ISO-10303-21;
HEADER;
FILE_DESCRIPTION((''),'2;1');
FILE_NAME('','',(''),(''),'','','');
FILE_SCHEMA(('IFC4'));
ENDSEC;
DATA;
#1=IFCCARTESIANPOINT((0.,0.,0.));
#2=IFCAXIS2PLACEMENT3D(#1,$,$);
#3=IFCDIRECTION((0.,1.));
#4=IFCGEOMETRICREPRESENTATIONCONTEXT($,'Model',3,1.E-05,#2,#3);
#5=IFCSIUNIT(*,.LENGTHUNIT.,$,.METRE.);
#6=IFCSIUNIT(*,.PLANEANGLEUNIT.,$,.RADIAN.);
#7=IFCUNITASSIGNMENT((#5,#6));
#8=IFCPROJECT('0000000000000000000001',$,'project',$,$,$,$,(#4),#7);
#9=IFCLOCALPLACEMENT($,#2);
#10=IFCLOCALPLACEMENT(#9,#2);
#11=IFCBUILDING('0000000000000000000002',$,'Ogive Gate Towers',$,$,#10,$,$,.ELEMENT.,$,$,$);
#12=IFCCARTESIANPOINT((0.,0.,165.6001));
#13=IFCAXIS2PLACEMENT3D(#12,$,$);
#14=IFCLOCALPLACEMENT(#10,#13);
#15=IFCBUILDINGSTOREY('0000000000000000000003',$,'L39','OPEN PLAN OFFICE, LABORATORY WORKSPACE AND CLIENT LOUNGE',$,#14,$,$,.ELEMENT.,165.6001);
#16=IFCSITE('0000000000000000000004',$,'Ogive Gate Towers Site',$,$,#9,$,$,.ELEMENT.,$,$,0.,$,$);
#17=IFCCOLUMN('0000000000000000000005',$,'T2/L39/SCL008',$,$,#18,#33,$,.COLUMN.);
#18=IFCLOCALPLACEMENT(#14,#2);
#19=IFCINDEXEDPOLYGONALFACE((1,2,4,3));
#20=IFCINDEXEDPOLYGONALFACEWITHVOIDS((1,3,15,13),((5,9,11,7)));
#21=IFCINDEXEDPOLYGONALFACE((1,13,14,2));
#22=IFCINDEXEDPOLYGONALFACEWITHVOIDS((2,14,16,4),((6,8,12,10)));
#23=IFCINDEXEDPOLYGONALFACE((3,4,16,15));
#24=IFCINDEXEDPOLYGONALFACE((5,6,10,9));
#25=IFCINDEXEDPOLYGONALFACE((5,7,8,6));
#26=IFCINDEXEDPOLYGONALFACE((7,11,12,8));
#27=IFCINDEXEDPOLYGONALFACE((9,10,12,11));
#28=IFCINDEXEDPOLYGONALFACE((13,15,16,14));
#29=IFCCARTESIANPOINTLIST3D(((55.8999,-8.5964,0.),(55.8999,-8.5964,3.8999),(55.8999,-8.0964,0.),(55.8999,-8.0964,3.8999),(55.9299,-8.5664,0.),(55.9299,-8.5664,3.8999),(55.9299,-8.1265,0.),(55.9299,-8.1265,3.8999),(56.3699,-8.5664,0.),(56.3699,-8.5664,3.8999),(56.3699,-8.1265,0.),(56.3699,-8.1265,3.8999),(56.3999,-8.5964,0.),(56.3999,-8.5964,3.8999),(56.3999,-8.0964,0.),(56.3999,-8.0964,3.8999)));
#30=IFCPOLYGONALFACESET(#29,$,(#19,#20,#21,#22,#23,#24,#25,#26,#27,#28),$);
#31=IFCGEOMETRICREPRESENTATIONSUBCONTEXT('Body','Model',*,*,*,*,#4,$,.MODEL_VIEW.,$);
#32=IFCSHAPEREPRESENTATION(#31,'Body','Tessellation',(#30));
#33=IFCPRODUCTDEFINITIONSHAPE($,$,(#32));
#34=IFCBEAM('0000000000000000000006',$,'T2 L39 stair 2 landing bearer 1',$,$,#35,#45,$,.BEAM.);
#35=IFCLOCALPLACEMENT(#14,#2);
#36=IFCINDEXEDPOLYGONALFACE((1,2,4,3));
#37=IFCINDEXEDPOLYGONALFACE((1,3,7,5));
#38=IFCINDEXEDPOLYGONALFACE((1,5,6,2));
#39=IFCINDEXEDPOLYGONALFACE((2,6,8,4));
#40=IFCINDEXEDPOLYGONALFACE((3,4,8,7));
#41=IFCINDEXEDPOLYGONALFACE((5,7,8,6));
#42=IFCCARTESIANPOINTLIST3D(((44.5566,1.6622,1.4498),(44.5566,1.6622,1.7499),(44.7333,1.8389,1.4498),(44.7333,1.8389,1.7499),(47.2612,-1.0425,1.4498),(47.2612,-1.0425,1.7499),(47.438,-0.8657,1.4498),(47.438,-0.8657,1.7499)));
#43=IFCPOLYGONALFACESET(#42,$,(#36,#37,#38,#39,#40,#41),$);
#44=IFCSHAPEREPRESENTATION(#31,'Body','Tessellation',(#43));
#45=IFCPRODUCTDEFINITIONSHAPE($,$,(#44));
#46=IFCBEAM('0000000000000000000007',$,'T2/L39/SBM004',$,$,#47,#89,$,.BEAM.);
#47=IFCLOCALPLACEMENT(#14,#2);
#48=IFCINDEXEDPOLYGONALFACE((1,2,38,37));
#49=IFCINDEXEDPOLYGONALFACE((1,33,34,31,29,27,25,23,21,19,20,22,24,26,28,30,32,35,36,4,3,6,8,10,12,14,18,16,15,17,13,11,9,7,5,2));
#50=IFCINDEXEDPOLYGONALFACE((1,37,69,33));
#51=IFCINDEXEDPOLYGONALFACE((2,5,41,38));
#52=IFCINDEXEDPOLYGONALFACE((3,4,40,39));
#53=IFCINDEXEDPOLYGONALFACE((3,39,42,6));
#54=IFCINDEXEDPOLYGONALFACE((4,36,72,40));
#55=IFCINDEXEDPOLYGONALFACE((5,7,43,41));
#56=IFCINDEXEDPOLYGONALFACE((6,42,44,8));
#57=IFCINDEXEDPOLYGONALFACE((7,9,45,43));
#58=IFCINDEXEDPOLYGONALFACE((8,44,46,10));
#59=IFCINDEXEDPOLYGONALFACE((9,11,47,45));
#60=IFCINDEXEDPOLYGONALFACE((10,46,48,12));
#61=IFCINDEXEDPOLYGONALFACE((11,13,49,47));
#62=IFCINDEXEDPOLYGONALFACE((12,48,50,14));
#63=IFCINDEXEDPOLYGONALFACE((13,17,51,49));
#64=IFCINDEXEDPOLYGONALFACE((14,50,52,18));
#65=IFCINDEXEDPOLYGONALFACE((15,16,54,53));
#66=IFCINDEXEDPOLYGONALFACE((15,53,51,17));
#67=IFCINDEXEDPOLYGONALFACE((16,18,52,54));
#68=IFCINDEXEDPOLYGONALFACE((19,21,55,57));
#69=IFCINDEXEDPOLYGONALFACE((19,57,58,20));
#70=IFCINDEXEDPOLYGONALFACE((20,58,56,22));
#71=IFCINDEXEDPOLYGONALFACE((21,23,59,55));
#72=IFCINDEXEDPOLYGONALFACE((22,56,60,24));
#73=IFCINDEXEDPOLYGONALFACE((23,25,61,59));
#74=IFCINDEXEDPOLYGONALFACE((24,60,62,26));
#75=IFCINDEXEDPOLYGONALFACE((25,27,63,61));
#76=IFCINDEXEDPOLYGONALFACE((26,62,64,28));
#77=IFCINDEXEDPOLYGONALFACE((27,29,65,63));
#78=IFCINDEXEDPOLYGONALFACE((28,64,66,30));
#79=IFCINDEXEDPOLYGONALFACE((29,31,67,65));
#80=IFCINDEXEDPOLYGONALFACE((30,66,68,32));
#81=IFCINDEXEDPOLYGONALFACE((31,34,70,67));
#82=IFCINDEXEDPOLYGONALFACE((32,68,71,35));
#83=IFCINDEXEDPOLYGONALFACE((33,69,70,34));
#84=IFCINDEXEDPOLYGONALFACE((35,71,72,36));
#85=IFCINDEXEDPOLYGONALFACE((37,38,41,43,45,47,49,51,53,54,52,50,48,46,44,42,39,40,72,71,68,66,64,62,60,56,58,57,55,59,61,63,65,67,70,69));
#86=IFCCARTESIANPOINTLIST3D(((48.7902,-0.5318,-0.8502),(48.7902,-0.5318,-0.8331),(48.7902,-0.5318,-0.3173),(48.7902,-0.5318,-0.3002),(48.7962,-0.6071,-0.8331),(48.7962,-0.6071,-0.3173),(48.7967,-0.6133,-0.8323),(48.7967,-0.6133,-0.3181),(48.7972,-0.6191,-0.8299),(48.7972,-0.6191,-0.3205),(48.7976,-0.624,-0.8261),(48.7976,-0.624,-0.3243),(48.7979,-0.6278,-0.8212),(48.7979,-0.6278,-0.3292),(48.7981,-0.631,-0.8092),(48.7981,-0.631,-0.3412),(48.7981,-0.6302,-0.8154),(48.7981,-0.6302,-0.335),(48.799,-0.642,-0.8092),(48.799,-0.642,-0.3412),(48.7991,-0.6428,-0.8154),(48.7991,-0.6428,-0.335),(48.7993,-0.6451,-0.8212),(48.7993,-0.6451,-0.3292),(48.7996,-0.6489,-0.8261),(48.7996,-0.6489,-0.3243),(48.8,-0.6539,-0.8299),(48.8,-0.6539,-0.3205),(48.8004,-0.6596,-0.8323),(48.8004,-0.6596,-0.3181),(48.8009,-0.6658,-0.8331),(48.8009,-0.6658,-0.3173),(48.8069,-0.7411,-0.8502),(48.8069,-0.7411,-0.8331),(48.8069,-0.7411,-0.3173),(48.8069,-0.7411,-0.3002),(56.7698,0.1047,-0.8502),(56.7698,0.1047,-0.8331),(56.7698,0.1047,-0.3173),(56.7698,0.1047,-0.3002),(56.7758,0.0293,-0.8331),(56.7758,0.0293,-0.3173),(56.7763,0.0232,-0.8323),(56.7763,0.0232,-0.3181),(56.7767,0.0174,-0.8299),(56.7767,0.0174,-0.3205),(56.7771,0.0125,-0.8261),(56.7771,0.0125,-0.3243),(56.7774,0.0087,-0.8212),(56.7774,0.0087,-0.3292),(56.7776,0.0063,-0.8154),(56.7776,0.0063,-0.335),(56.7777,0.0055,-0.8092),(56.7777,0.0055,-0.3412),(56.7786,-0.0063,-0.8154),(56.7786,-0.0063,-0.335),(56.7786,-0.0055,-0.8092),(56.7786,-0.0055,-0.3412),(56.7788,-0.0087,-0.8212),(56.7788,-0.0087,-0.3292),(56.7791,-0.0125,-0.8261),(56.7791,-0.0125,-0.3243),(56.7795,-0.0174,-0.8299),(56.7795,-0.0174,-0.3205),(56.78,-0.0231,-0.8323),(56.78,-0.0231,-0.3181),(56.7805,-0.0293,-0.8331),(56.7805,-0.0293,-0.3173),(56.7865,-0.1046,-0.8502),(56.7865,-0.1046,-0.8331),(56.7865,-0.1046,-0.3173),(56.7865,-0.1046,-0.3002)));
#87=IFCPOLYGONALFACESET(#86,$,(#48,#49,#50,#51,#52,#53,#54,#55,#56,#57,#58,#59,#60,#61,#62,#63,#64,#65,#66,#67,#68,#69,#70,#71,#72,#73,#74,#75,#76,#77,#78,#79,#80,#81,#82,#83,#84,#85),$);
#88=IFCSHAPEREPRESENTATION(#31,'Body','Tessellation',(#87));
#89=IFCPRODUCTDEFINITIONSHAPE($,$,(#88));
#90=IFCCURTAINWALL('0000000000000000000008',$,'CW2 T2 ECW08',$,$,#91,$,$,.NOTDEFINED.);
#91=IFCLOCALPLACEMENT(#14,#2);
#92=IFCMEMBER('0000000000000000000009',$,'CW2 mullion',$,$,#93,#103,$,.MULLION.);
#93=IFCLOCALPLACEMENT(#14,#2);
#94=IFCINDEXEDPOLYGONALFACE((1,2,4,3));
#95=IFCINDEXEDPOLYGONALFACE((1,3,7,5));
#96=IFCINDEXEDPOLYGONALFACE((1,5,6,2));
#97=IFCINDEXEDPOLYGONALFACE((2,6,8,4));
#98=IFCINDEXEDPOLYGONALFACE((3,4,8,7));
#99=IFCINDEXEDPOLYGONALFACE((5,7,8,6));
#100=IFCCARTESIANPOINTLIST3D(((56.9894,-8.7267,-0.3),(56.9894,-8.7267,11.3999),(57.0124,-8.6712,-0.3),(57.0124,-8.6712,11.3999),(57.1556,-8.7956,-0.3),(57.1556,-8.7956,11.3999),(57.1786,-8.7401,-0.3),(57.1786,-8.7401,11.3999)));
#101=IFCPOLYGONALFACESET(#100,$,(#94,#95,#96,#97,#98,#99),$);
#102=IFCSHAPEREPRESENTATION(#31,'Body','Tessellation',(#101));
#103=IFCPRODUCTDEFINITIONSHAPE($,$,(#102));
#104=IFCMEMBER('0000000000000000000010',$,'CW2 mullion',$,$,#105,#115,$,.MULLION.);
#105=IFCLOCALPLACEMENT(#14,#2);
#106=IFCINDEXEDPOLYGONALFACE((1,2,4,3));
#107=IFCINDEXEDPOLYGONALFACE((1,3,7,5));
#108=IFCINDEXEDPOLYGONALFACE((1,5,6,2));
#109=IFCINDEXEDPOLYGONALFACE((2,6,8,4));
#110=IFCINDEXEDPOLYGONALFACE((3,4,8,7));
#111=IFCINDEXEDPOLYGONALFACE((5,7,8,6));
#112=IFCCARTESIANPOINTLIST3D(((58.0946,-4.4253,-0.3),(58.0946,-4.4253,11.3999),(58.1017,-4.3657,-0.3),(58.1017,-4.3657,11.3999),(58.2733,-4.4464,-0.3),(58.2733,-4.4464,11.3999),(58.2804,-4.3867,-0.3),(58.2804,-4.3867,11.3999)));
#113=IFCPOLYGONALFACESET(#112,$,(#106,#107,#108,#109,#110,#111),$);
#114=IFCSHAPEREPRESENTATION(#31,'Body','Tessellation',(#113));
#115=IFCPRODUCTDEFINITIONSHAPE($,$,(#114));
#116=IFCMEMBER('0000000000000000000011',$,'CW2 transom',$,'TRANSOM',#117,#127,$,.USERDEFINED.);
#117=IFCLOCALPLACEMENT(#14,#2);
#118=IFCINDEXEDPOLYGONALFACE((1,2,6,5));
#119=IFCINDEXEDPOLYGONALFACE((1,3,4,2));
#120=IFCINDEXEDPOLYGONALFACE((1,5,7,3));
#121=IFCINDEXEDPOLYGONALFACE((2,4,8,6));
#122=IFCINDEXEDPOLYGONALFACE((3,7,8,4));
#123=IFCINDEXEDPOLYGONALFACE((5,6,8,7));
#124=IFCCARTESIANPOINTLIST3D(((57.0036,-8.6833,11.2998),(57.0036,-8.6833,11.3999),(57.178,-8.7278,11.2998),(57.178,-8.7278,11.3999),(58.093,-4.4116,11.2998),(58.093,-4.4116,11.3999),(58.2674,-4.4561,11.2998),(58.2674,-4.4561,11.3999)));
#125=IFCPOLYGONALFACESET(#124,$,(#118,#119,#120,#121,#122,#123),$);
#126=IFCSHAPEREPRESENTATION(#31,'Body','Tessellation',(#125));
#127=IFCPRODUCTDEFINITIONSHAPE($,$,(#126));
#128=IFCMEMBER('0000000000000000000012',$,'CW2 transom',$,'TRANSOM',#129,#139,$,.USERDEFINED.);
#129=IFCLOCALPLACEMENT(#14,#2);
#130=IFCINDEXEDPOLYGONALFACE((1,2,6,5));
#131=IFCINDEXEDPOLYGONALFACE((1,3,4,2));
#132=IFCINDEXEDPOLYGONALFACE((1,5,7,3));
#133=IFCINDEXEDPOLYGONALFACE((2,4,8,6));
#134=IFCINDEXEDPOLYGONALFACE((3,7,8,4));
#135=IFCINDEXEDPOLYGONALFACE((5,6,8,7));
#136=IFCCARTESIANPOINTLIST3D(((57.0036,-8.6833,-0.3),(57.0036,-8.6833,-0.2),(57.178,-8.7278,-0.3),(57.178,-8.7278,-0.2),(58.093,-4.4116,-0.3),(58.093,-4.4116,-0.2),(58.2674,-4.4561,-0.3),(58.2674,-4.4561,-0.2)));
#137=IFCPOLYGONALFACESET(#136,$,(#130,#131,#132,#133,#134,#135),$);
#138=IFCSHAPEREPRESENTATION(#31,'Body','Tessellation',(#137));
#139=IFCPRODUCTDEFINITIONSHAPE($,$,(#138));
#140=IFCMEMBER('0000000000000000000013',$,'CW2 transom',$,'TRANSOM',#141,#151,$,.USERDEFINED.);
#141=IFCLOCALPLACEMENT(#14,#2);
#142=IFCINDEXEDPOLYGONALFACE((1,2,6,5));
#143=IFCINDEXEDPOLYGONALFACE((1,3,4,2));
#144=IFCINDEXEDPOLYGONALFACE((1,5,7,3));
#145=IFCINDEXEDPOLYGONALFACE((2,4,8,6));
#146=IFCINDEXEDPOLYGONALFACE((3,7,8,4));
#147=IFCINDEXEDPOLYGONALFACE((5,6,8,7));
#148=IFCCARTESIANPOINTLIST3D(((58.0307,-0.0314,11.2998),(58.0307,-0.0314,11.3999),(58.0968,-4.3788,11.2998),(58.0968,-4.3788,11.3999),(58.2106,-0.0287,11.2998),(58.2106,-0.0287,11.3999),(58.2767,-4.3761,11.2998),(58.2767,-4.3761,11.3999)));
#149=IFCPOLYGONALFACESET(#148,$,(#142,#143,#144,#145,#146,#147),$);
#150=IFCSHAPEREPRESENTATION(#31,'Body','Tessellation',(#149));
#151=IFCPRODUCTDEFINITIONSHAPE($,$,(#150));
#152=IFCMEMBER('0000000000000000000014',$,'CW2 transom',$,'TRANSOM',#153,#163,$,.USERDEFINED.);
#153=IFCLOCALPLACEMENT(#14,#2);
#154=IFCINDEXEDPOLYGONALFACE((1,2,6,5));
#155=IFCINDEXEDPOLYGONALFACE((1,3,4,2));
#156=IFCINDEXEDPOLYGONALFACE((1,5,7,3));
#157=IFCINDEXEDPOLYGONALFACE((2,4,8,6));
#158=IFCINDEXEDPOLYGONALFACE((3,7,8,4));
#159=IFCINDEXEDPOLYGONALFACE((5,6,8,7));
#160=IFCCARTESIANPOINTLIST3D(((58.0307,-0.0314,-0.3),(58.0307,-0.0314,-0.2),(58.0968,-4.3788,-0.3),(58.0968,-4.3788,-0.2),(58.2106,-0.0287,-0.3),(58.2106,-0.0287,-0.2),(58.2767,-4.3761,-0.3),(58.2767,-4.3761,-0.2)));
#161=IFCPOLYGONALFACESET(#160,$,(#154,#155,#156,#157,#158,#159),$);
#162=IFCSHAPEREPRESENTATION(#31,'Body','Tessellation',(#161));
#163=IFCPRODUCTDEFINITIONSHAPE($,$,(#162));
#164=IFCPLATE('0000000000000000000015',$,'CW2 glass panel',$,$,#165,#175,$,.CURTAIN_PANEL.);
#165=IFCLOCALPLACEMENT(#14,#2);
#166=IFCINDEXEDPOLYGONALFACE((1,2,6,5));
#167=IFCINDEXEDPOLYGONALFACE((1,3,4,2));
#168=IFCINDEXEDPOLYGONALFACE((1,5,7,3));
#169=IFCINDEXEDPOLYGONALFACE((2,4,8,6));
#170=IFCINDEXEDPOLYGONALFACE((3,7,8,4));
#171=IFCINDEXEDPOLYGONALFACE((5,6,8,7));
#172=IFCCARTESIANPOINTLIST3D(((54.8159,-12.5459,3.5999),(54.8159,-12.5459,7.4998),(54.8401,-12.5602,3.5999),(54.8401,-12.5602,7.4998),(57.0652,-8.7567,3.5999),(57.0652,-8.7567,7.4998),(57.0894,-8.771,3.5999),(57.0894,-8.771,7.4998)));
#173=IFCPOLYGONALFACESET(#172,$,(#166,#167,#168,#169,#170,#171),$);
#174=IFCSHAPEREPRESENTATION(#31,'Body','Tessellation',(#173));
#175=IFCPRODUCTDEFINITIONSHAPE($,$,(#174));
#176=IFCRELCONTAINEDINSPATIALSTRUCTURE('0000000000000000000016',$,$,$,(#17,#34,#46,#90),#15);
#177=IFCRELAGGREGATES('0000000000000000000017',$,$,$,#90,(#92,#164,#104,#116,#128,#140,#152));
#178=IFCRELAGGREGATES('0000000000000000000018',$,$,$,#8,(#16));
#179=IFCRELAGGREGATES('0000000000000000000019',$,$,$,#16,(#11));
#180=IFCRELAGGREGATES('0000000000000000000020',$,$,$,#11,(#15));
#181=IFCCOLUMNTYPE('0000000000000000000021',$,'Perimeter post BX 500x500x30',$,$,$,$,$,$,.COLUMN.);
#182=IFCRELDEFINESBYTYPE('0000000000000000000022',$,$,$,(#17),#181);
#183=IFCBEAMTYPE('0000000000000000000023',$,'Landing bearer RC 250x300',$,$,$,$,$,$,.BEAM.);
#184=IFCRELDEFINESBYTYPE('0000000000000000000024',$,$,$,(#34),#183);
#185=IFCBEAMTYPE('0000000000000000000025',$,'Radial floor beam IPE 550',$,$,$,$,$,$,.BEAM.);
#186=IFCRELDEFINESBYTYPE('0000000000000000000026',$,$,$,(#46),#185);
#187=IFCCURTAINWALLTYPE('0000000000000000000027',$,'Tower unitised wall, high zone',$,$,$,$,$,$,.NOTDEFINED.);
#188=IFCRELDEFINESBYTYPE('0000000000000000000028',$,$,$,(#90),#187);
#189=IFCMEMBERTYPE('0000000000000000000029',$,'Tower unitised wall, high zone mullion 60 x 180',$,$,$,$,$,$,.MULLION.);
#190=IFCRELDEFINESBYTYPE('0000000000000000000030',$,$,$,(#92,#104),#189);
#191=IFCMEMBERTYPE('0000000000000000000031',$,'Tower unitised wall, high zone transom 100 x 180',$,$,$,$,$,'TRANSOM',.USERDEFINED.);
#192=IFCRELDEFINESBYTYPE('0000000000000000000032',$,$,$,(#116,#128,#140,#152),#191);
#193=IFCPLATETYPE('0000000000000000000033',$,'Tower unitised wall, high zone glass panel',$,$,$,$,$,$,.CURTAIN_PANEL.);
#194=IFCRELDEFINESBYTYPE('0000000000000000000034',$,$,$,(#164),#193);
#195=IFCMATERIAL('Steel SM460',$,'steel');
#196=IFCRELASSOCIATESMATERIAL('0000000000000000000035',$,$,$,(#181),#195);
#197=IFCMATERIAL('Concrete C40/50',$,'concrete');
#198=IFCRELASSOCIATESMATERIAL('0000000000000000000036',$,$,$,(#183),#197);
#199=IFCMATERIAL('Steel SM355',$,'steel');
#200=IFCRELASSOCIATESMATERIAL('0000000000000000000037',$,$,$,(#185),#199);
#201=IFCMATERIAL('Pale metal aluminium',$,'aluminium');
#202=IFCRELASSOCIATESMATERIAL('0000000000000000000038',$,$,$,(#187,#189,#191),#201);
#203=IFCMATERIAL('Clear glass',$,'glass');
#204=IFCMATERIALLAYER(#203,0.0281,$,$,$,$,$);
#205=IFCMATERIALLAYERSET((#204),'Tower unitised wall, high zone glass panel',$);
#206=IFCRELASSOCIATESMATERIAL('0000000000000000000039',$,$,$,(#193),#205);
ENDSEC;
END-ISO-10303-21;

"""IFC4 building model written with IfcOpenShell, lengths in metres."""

from ifc_helpers import new_model, si_unit, direction, frame, origin, origin_2d, place, context, subcontext, project, spatial, rectangle, hollow_rectangle, i_section, extrude, material, layer, layer_set, material_profile, profile_set, type_object, element, aggregate, save


model = new_model("IFC4")

# Units and contexts
model_context = context("Model", 3, precision=1e-05, world=origin(), true_north=direction((0.0, 1.0)))
body_context = subcontext(model_context, "Body", "Model", "MODEL_VIEW")
ifc_project = project(units=[si_unit("LENGTHUNIT", "METRE"), si_unit("PLANEANGLEUNIT", "RADIAN")], contexts=[model_context])

# Site, building, storey
site_placement = place(None, origin())
site = spatial("IfcSite", under=ifc_project, at=site_placement, Name="Ogive Gate Towers Site", CompositionType="ELEMENT", RefElevation=0.0)
building_placement = place(site_placement, origin())
building = spatial("IfcBuilding", under=site, at=building_placement, Name="Ogive Gate Towers", CompositionType="ELEMENT")
storey_placement = place(building_placement, frame((0.0, 0.0, 165.6001)))
storey = spatial("IfcBuildingStorey", under=building, at=storey_placement, Name="L39", Description="OPEN PLAN OFFICE, LABORATORY WORKSPACE AND CLIENT LOUNGE", CompositionType="ELEMENT", Elevation=165.6001)

# Column
ifc_material_1 = material(Name="Steel SM460", Category="steel")
ifc_material_profile_1 = material_profile(ifc_material_1, hollow_rectangle(XDim=0.5, YDim=0.5, WallThickness=0.03, at=origin_2d()), Name="BX 500x500x30")
ifc_profile_set_1 = profile_set([ifc_material_profile_1], Name="Steel SM460")
column_type = type_object("IfcColumnType", Name="Perimeter post BX 500x500x30", PredefinedType="COLUMN", material=ifc_profile_set_1)
column_placement = place(storey_placement, frame((56.1499, -8.3464, 0.0), z_axis=(0.0, 0.0, 1.0), x_axis=(1.0, 0.0, 0.0)))
element("IfcColumn", 1, at=column_placement, inside=storey, type_object=column_type, Name="T2/L39/SCL008", PredefinedType="COLUMN", context=body_context, shape_type="SweptSolid", body=[
    extrude(hollow_rectangle(XDim=0.5, YDim=0.5, WallThickness=0.03, at=origin_2d()), origin(), (0.0, 0.0, 1.0), 3.8999),
])

# Beams
ifc_material_2 = material(Name="Concrete C40/50", Category="concrete")
ifc_material_profile_2 = material_profile(ifc_material_2, rectangle(XDim=0.25, YDim=0.3, at=origin_2d()), Name="RC 250x300")
ifc_profile_set_2 = profile_set([ifc_material_profile_2], Name="Concrete C40/50")
beam_type_1 = type_object("IfcBeamType", Name="Landing bearer RC 250x300", PredefinedType="BEAM", material=ifc_profile_set_2)
beam_1_placement = place(storey_placement, frame((47.3496, -0.9541, 1.5999), z_axis=(-0.707107, 0.707107, 0.0), x_axis=(-0.707107, -0.707107, 0.0)))
element("IfcBeam", 2, at=beam_1_placement, inside=storey, type_object=beam_type_1, Name="T2 L39 stair 2 landing bearer 1", PredefinedType="BEAM", context=body_context, shape_type="SweptSolid", body=[
    extrude(rectangle(XDim=0.25, YDim=0.3, at=origin_2d()), origin(), (0.0, 0.0, 1.0), 3.825),
])
ifc_material_3 = material(Name="Steel SM355", Category="steel")
ifc_material_profile_3 = material_profile(ifc_material_3, i_section(OverallWidth=0.21, OverallDepth=0.55, WebThickness=0.011, FlangeThickness=0.0171, FilletRadius=0.0239, at=origin_2d()), Name="IPE 550")
ifc_profile_set_3 = profile_set([ifc_material_profile_3], Name="Steel SM355")
beam_type_2 = type_object("IfcBeamType", Name="Radial floor beam IPE 550", PredefinedType="BEAM", material=ifc_profile_set_3)
beam_2_placement = place(storey_placement, frame((48.7986, -0.6365, -0.5752), z_axis=(0.996834, 0.079511, 0.0), x_axis=(-0.079511, 0.996834, 0.0)))
element("IfcBeam", 3, at=beam_2_placement, inside=storey, type_object=beam_type_2, Name="T2/L39/SBM004", PredefinedType="BEAM", context=body_context, shape_type="SweptSolid", body=[
    extrude(i_section(OverallWidth=0.21, OverallDepth=0.55, WebThickness=0.011, FlangeThickness=0.0171, FilletRadius=0.0239, at=origin_2d()), origin(), (0.0, 0.0, 1.0), 8.0049),
])

# Curtain wall, members, plate
ifc_material_4 = material(Name="Pale metal aluminium", Category="aluminium")
curtain_wall_type = type_object("IfcCurtainWallType", Name="Tower unitised wall, high zone", PredefinedType="NOTDEFINED", material=ifc_material_4)
curtain_wall_placement = place(storey_placement, origin())
curtain_wall = element("IfcCurtainWall", 4, at=curtain_wall_placement, inside=storey, type_object=curtain_wall_type, Name="CW2 T2 ECW08", PredefinedType="NOTDEFINED")
ifc_material_profile_4 = material_profile(ifc_material_4, rectangle(XDim=0.1799, YDim=0.0601, at=origin_2d()), Name="60 x 180 aluminium box")
ifc_profile_set_4 = profile_set([ifc_material_profile_4], Name="Pale metal aluminium")
member_type_1 = type_object("IfcMemberType", Name="Tower unitised wall, high zone mullion 60 x 180", PredefinedType="MULLION", material=ifc_profile_set_4)
member_1_placement = place(storey_placement, frame((57.084, -8.7334, -0.3), z_axis=(0.0, 0.0, 1.0), x_axis=(0.92388, -0.382683, 0.0)))
member_1 = element("IfcMember", 5, at=member_1_placement, type_object=member_type_1, Name="CW2 mullion", PredefinedType="MULLION", context=body_context, shape_type="SweptSolid", body=[
    extrude(rectangle(XDim=0.1799, YDim=0.0601, at=origin_2d()), origin(), (0.0, 0.0, 1.0), 11.7),
])
member_2_placement = place(storey_placement, frame((58.1875, -4.406, -0.3), z_axis=(0.0, 0.0, 1.0), x_axis=(0.993138, -0.116948, 0.0)))
member_2 = element("IfcMember", 6, at=member_2_placement, type_object=member_type_1, Name="CW2 mullion", PredefinedType="MULLION", context=body_context, shape_type="SweptSolid", body=[
    extrude(rectangle(XDim=0.1799, YDim=0.0601, at=origin_2d()), origin(), (0.0, 0.0, 1.0), 11.7),
])
ifc_material_profile_5 = material_profile(ifc_material_4, rectangle(XDim=0.1799, YDim=0.1001, at=origin_2d()), Name="100 x 180 aluminium box")
ifc_profile_set_5 = profile_set([ifc_material_profile_5], Name="Pale metal aluminium")
member_type_2 = type_object("IfcMemberType", Name="Tower unitised wall, high zone transom 100 x 180", ElementType="TRANSOM", PredefinedType="USERDEFINED", material=ifc_profile_set_5)
member_3_placement = place(storey_placement, frame((57.0908, -8.7056, 11.3499), z_axis=(0.247107, 0.968988, 0.0), x_axis=(-0.968988, 0.247107, 0.0)))
member_3 = element("IfcMember", 7, at=member_3_placement, type_object=member_type_2, Name="CW2 transom", ObjectType="TRANSOM", PredefinedType="USERDEFINED", context=body_context, shape_type="SweptSolid", body=[
    extrude(rectangle(XDim=0.1799, YDim=0.1001, at=origin_2d()), origin(), (0.0, 0.0, 1.0), 4.4084),
])
member_4_placement = place(storey_placement, frame((57.0908, -8.7056, -0.25), z_axis=(0.247107, 0.968988, 0.0), x_axis=(-0.968988, 0.247107, 0.0)))
member_4 = element("IfcMember", 8, at=member_4_placement, type_object=member_type_2, Name="CW2 transom", ObjectType="TRANSOM", PredefinedType="USERDEFINED", context=body_context, shape_type="SweptSolid", body=[
    extrude(rectangle(XDim=0.1799, YDim=0.1001, at=origin_2d()), origin(), (0.0, 0.0, 1.0), 4.4084),
])
member_5_placement = place(storey_placement, frame((58.1868, -4.3774, 11.3499), z_axis=(-0.015217, 0.999884, 0.0), x_axis=(-0.999884, -0.015217, 0.0)))
member_5 = element("IfcMember", 9, at=member_5_placement, type_object=member_type_2, Name="CW2 transom", ObjectType="TRANSOM", PredefinedType="USERDEFINED", context=body_context, shape_type="SweptSolid", body=[
    extrude(rectangle(XDim=0.1799, YDim=0.1001, at=origin_2d()), origin(), (0.0, 0.0, 1.0), 4.3479),
])
member_6_placement = place(storey_placement, frame((58.1868, -4.3774, -0.25), z_axis=(-0.015217, 0.999884, 0.0), x_axis=(-0.999884, -0.015217, 0.0)))
member_6 = element("IfcMember", 10, at=member_6_placement, type_object=member_type_2, Name="CW2 transom", ObjectType="TRANSOM", PredefinedType="USERDEFINED", context=body_context, shape_type="SweptSolid", body=[
    extrude(rectangle(XDim=0.1799, YDim=0.1001, at=origin_2d()), origin(), (0.0, 0.0, 1.0), 4.3479),
])
ifc_material_5 = material(Name="Clear glass", Category="glass")
ifc_layer = layer(ifc_material_5, 0.0281)
ifc_layer_set = layer_set([ifc_layer], Name="Tower unitised wall, high zone glass panel")
plate_type = type_object("IfcPlateType", Name="Tower unitised wall, high zone glass panel", PredefinedType="CURTAIN_PANEL", material=ifc_layer_set)
plate_1_placement = place(storey_placement, frame((55.9526, -10.6584, 3.5999), z_axis=(0.0, 0.0, 1.0), x_axis=(0.510453, 0.859906, 0.0)))
plate_1 = element("IfcPlate", 11, at=plate_1_placement, type_object=plate_type, Name="CW2 glass panel", PredefinedType="CURTAIN_PANEL", context=body_context, shape_type="SweptSolid", body=[
    extrude(rectangle(XDim=4.4065, YDim=0.0281, at=origin_2d()), origin(), (0.0, 0.0, 1.0), 3.8999),
])
aggregate(curtain_wall, [member_1, plate_1, member_2, member_3, member_4, member_5, member_6])

save(model, "model.ifc")
